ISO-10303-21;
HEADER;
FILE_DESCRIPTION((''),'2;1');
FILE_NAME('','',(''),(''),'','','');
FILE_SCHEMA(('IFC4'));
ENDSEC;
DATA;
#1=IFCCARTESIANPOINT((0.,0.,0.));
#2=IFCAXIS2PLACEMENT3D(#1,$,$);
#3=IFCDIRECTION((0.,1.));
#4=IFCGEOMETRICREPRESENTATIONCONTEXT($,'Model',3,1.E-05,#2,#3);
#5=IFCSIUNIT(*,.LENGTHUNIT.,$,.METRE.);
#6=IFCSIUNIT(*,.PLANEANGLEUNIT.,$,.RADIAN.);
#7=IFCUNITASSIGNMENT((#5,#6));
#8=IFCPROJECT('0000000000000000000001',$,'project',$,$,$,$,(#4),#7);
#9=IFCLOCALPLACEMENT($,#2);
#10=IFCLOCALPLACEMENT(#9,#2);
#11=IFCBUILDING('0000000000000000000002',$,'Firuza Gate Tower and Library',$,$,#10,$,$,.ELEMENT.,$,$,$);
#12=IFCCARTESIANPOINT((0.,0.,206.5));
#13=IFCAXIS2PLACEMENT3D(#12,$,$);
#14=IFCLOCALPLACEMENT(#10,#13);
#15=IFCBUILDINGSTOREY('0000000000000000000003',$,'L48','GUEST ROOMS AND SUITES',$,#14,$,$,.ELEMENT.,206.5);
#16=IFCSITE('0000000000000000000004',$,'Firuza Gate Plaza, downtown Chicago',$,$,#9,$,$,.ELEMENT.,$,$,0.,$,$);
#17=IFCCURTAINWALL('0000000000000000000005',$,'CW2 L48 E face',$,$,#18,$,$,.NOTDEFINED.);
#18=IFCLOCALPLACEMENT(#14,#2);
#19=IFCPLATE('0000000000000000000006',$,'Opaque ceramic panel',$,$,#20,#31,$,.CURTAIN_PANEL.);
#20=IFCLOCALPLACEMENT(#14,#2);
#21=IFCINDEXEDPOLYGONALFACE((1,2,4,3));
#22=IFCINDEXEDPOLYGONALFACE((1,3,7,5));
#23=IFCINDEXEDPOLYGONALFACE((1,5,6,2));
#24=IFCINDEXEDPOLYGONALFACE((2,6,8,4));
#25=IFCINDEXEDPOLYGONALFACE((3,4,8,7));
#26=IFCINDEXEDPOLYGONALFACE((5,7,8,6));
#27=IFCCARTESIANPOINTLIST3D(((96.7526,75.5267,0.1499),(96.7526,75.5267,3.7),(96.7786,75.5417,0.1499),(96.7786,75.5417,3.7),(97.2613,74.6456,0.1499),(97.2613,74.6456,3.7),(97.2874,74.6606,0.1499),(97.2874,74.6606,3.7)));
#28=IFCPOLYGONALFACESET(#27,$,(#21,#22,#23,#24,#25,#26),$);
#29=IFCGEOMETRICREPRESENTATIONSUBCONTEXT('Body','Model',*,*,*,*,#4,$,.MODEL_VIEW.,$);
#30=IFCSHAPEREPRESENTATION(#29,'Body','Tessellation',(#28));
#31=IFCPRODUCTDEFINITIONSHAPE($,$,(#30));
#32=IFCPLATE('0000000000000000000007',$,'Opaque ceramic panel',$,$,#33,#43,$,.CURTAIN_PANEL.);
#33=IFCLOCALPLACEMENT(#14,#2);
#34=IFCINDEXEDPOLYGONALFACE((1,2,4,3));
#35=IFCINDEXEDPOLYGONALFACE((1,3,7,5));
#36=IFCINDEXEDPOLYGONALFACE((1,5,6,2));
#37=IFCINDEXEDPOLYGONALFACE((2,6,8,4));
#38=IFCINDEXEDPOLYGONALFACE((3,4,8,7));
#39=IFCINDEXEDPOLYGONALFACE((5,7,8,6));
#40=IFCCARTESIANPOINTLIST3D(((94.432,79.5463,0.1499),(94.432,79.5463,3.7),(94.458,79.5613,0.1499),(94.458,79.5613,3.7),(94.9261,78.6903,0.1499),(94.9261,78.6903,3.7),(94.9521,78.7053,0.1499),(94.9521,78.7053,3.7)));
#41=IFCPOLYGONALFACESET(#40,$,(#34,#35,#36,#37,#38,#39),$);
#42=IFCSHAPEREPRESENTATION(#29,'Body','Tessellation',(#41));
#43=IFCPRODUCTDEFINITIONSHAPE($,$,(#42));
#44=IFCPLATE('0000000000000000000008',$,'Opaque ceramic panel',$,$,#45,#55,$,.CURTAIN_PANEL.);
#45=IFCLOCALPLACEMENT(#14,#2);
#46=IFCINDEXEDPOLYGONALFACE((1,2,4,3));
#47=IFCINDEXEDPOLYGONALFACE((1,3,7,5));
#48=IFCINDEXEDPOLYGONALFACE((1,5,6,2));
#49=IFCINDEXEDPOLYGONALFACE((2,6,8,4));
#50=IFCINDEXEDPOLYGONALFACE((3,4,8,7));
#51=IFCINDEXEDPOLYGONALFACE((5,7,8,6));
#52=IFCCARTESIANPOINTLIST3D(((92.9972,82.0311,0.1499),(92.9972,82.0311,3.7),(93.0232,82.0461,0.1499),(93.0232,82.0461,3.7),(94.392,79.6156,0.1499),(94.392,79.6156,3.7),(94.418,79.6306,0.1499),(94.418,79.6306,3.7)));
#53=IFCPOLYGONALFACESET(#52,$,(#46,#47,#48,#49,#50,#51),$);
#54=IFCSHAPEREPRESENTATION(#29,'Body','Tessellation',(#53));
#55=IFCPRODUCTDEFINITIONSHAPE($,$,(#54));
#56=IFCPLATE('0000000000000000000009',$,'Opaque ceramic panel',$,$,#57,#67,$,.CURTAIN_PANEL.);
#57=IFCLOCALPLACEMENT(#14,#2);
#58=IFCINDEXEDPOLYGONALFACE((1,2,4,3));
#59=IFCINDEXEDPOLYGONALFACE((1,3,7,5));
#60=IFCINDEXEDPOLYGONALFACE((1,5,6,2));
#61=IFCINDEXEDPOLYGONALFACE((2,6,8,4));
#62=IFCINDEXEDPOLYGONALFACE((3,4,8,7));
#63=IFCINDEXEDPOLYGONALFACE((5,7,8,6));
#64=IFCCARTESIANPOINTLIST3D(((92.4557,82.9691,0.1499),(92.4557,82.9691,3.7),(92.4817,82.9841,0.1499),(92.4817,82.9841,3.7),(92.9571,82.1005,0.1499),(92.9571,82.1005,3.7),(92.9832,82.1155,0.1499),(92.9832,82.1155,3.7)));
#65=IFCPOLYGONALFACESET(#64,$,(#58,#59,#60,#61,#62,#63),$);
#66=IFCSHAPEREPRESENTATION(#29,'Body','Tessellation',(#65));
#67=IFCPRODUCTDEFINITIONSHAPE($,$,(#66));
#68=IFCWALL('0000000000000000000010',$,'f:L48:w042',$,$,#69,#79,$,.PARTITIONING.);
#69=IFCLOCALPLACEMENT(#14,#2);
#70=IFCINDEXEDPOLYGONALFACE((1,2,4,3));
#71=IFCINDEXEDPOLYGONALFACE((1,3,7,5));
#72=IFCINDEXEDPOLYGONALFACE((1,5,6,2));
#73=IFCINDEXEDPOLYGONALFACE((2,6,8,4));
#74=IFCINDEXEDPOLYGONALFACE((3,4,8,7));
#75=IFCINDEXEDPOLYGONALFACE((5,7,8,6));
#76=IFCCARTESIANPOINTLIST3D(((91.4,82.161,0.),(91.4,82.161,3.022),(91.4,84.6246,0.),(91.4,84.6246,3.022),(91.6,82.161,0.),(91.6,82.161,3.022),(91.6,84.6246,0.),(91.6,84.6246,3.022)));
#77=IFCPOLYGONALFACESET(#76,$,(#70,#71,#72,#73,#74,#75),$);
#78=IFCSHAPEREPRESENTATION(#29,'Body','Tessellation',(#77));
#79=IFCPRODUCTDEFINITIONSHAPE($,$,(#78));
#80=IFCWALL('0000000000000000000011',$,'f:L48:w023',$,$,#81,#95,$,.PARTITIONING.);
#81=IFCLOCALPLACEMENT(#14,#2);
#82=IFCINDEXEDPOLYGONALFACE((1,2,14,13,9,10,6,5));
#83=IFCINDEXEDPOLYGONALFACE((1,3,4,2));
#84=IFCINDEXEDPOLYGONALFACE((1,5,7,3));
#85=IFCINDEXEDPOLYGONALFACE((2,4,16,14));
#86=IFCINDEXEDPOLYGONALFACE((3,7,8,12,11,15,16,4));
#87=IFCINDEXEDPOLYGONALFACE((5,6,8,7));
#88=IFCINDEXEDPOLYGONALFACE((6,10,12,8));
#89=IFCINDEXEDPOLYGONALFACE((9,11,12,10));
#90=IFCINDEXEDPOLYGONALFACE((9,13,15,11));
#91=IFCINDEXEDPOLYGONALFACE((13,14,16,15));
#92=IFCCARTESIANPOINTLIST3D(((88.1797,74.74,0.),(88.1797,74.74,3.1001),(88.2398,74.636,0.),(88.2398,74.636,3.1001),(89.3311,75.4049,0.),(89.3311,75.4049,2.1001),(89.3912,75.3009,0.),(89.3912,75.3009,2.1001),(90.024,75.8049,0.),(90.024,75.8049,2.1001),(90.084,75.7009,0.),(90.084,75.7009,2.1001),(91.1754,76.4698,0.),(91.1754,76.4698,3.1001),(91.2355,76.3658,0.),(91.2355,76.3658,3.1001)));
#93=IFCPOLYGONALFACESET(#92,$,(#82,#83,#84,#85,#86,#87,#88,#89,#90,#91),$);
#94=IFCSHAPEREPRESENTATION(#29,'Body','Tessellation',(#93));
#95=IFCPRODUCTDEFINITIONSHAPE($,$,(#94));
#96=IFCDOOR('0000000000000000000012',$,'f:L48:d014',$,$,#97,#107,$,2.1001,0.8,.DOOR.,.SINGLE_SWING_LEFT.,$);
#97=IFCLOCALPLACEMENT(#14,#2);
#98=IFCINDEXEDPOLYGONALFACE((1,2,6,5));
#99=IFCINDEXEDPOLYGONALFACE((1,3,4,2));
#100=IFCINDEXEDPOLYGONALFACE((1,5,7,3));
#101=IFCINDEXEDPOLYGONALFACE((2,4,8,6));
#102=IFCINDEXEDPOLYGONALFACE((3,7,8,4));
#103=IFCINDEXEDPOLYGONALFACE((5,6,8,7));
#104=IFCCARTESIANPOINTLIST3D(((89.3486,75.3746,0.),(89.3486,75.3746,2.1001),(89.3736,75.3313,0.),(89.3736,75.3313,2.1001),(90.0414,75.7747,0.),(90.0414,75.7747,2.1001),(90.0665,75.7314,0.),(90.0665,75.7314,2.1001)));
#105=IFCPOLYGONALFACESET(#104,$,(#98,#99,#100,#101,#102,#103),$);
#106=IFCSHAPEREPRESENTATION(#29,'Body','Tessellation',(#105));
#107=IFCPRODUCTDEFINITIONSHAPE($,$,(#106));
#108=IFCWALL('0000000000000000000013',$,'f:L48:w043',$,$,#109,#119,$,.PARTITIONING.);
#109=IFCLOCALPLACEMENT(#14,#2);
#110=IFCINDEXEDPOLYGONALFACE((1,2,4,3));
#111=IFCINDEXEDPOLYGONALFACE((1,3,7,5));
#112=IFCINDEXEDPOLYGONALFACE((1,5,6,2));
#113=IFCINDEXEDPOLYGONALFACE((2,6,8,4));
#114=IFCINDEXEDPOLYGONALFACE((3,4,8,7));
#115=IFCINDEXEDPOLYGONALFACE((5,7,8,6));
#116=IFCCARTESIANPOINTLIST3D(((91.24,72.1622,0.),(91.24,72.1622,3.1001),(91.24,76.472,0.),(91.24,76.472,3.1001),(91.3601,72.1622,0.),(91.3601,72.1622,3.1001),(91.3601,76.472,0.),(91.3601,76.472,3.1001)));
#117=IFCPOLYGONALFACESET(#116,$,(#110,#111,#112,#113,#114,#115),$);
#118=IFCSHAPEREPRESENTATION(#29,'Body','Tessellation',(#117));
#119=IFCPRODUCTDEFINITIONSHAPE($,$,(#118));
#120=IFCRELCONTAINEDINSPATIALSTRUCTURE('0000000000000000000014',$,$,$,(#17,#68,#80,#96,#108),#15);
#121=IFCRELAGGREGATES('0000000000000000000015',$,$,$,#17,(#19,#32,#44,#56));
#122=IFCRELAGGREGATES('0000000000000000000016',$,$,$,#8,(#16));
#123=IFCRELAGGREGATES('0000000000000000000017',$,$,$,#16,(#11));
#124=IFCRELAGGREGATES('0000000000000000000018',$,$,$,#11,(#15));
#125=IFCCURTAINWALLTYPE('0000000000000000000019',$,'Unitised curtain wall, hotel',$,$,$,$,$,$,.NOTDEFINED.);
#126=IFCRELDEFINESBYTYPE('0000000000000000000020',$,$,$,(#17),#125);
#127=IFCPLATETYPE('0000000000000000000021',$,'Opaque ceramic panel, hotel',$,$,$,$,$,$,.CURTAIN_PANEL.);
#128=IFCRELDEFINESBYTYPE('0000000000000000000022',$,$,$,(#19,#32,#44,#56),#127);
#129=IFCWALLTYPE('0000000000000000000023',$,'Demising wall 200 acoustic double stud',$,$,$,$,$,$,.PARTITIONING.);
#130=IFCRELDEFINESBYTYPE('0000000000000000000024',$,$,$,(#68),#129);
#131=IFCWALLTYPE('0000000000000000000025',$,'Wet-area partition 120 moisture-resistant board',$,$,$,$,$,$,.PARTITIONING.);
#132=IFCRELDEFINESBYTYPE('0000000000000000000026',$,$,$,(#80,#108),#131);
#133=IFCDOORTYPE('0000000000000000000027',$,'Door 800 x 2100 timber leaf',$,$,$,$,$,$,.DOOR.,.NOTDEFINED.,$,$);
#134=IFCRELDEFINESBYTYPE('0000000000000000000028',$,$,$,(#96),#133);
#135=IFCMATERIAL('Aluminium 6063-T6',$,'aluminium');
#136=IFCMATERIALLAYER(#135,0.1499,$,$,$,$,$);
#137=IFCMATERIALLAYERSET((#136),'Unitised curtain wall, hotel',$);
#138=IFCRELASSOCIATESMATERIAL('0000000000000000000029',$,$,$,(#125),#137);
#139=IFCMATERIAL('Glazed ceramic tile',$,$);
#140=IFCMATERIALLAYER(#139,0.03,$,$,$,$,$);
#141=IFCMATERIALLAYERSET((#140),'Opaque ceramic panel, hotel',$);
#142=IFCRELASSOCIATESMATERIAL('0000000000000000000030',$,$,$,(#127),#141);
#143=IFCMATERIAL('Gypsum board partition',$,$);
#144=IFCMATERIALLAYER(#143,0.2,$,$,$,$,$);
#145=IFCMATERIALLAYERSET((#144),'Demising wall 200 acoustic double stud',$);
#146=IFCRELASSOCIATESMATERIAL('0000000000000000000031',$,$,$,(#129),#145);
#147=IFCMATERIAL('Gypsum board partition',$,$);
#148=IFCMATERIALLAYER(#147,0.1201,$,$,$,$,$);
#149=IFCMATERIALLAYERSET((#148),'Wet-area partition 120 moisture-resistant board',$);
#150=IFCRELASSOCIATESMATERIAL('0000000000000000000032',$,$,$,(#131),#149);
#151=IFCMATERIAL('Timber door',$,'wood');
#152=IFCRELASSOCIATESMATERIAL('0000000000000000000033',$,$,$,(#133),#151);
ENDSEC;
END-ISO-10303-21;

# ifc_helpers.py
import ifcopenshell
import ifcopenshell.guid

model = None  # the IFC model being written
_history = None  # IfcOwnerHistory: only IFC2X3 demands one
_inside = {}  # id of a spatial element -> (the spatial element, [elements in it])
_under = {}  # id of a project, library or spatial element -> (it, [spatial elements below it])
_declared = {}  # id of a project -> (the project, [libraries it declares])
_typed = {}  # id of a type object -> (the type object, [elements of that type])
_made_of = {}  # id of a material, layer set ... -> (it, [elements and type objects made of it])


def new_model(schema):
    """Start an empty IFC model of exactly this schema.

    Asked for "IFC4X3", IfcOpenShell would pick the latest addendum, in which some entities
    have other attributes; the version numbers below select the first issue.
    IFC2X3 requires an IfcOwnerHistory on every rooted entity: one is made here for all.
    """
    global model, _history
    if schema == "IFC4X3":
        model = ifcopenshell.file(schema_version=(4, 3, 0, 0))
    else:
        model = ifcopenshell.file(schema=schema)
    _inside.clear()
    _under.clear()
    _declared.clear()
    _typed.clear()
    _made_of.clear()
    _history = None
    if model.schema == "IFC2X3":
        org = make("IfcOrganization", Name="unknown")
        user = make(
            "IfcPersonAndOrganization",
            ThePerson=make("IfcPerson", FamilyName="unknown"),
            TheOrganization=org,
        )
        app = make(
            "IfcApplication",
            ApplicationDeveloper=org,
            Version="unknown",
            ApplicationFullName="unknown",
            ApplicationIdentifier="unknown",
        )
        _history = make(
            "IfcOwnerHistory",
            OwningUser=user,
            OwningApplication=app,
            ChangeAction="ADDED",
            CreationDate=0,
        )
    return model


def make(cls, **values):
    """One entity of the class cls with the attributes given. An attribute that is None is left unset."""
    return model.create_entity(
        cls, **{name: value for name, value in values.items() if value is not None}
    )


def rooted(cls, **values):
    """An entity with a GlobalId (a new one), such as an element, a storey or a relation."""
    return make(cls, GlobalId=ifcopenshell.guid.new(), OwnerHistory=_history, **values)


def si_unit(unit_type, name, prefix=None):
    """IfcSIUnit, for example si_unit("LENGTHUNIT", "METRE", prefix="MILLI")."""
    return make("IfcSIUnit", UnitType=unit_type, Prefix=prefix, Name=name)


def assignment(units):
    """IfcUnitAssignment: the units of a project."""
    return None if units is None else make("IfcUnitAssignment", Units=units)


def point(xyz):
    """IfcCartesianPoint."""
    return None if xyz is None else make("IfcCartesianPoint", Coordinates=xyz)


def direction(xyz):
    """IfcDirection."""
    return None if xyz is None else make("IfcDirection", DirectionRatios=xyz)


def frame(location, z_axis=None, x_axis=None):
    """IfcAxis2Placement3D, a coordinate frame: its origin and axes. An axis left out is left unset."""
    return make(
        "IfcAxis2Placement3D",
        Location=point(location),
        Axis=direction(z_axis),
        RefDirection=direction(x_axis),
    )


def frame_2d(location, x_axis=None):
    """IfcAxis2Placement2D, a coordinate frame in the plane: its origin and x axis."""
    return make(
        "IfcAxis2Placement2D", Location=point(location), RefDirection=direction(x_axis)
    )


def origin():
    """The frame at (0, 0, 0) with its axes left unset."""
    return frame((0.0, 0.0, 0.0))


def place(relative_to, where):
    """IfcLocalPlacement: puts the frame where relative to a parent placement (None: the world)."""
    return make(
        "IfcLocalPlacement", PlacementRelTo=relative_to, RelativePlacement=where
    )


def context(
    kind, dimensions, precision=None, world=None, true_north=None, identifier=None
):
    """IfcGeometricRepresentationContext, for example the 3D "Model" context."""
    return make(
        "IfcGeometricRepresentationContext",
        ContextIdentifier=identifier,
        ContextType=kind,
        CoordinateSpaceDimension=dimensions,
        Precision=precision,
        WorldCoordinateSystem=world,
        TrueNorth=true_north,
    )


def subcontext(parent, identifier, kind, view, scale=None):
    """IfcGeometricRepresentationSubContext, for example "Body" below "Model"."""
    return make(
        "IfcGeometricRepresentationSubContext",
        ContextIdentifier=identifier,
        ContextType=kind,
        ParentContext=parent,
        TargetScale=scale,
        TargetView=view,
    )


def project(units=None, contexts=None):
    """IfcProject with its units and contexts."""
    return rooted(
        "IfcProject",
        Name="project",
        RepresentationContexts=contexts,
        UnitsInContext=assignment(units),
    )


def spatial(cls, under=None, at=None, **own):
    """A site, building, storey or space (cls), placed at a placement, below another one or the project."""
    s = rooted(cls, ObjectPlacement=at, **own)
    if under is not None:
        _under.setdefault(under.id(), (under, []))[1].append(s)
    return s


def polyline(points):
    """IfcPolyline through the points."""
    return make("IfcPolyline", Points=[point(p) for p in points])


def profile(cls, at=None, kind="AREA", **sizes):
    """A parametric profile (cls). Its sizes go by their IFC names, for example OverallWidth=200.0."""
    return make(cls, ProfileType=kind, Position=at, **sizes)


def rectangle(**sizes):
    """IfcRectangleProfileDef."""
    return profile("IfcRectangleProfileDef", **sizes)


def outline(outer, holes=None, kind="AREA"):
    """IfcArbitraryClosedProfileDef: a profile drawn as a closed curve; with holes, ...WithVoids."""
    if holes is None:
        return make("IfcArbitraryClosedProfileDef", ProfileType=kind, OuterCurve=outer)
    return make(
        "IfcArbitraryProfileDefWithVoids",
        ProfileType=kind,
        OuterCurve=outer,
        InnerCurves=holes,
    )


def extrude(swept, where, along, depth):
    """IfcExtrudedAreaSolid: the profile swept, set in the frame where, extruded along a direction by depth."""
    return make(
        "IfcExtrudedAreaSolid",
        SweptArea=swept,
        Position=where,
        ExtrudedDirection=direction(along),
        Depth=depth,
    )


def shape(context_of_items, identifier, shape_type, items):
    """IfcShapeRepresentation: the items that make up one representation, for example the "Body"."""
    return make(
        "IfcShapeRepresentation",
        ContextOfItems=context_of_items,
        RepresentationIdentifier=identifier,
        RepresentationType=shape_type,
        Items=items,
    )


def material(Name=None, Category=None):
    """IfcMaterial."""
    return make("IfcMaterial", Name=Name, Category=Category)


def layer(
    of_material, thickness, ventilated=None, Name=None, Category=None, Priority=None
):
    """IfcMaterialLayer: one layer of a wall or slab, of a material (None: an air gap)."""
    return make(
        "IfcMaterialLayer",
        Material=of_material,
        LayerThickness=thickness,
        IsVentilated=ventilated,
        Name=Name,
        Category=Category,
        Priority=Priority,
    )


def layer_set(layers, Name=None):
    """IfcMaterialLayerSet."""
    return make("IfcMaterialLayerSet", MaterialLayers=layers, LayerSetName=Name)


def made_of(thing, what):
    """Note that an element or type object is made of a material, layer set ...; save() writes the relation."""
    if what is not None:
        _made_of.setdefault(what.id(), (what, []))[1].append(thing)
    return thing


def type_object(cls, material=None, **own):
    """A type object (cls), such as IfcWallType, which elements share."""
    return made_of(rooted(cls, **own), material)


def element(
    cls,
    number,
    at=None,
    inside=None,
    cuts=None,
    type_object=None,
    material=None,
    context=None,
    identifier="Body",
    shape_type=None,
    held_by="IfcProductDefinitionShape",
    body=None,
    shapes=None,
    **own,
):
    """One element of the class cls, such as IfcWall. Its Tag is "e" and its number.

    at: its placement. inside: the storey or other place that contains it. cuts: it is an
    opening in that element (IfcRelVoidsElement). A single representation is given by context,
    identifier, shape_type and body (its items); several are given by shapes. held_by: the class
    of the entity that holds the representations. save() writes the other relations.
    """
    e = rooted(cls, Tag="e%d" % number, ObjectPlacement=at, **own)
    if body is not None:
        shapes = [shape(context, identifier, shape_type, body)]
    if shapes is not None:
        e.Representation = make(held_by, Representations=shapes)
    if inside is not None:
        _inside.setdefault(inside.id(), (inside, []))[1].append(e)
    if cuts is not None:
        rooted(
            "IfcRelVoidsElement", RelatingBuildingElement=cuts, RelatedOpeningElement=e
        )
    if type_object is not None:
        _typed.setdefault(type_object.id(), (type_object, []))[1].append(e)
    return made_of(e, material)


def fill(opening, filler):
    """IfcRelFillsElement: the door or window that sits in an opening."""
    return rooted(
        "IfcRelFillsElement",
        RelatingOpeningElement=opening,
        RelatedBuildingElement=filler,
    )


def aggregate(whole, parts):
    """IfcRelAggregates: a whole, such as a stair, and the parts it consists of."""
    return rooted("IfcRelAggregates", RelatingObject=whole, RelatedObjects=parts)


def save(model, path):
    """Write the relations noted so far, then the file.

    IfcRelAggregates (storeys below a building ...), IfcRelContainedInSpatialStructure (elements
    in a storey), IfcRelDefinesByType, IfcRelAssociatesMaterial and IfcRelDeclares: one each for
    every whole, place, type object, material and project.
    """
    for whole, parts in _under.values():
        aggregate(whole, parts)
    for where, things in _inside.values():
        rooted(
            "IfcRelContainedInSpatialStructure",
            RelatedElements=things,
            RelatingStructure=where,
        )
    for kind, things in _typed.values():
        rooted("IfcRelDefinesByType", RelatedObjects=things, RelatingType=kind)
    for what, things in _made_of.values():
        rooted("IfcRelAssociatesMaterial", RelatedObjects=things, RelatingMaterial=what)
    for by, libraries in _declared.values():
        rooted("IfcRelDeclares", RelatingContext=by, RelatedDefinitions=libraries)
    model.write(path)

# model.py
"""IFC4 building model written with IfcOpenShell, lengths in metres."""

from ifc_helpers import new_model, si_unit, direction, frame, frame_2d, origin, place, context, subcontext, project, spatial, polyline, rectangle, outline, extrude, material, layer, layer_set, type_object, element, fill, aggregate, save


model = new_model("IFC4")

# Units and contexts
model_context = context("Model", 3, precision=1e-05, world=origin(), true_north=direction((0.0, 1.0)))
body_context = subcontext(model_context, "Body", "Model", "MODEL_VIEW")
ifc_project = project(units=[si_unit("LENGTHUNIT", "METRE"), si_unit("PLANEANGLEUNIT", "RADIAN")], contexts=[model_context])

# Site, building, storey
site_placement = place(None, origin())
site = spatial("IfcSite", under=ifc_project, at=site_placement, Name="Firuza Gate Plaza, downtown Chicago", CompositionType="ELEMENT", RefElevation=0.0)
building_placement = place(site_placement, origin())
building = spatial("IfcBuilding", under=site, at=building_placement, Name="Firuza Gate Tower and Library", CompositionType="ELEMENT")
storey_placement = place(building_placement, frame((0.0, 0.0, 206.5)))
storey = spatial("IfcBuildingStorey", under=building, at=storey_placement, Name="L48", Description="GUEST ROOMS AND SUITES", CompositionType="ELEMENT", Elevation=206.5)

# Curtain wall
ifc_material_1 = material(Name="Aluminium 6063-T6", Category="aluminium")
ifc_layer_1 = layer(ifc_material_1, 0.1499)
ifc_layer_set_1 = layer_set([ifc_layer_1], Name="Unitised curtain wall, hotel")
curtain_wall_type = type_object("IfcCurtainWallType", Name="Unitised curtain wall, hotel", PredefinedType="NOTDEFINED", material=ifc_layer_set_1)
curtain_wall_placement = place(storey_placement, origin())
curtain_wall = element("IfcCurtainWall", 1, at=curtain_wall_placement, inside=storey, type_object=curtain_wall_type, Name="CW2 L48 E face", PredefinedType="NOTDEFINED")

# Plates
ifc_material_2 = material(Name="Glazed ceramic tile")
ifc_layer_2 = layer(ifc_material_2, 0.03)
ifc_layer_set_2 = layer_set([ifc_layer_2], Name="Opaque ceramic panel, hotel")
plate_type_1 = type_object("IfcPlateType", Name="Opaque ceramic panel, hotel", PredefinedType="CURTAIN_PANEL", material=ifc_layer_set_2)
plate_1_placement = place(storey_placement, frame((97.2874, 74.6606, 0.1499), z_axis=(0.86599, 0.500062, 0.0), x_axis=(-0.500062, 0.86599, 0.0)))
plate_1 = element("IfcPlate", 2, at=plate_1_placement, type_object=plate_type_1, Name="Opaque ceramic panel", PredefinedType="CURTAIN_PANEL", context=body_context, shape_type="SweptSolid", body=[
    extrude(outline(polyline([(0.0, 0.0), (1.0175, 0.0), (1.0175, 3.55), (0.0, 3.55), (0.0, 0.0)])), origin(), (0.0, 0.0, -1.0), 0.03),
])
plate_2_placement = place(storey_placement, frame((94.9521, 78.7053, 0.1499), z_axis=(0.866046, 0.499965, 0.0), x_axis=(-0.499965, 0.866046, 0.0)))
plate_2 = element("IfcPlate", 3, at=plate_2_placement, type_object=plate_type_1, Name="Opaque ceramic panel", PredefinedType="CURTAIN_PANEL", context=body_context, shape_type="SweptSolid", body=[
    extrude(outline(polyline([(0.0, 0.0), (0.9884, 0.0), (0.9884, 3.55), (0.0, 3.55), (0.0, 0.0)])), origin(), (0.0, 0.0, -1.0), 0.03),
])
plate_3_placement = place(storey_placement, frame((94.418, 79.6306, 0.1499), z_axis=(0.865999, 0.500046, 0.0), x_axis=(-0.500046, 0.865999, 0.0)))
plate_3 = element("IfcPlate", 4, at=plate_3_placement, type_object=plate_type_1, Name="Opaque ceramic panel", PredefinedType="CURTAIN_PANEL", context=body_context, shape_type="SweptSolid", body=[
    extrude(outline(polyline([(0.0, 0.0), (2.7893, 0.0), (2.7893, 3.55), (0.0, 3.55), (0.0, 0.0)])), origin(), (0.0, 0.0, -1.0), 0.03),
])
plate_4_placement = place(storey_placement, frame((92.9832, 82.1155, 0.1499), z_axis=(0.866048, 0.499961, 0.0), x_axis=(-0.499961, 0.866048, 0.0)))
plate_4 = element("IfcPlate", 5, at=plate_4_placement, type_object=plate_type_1, Name="Opaque ceramic panel", PredefinedType="CURTAIN_PANEL", context=body_context, shape_type="SweptSolid", body=[
    extrude(outline(polyline([(0.0, 0.0), (1.003, 0.0), (1.003, 3.55), (0.0, 3.55), (0.0, 0.0)])), origin(), (0.0, 0.0, -1.0), 0.03),
])
aggregate(curtain_wall, [plate_1, plate_2, plate_3, plate_4])

# Wall
ifc_material_3 = material(Name="Gypsum board partition")
ifc_layer_3 = layer(ifc_material_3, 0.2)
ifc_layer_set_3 = layer_set([ifc_layer_3], Name="Demising wall 200 acoustic double stud")
wall_type_1 = type_object("IfcWallType", Name="Demising wall 200 acoustic double stud", PredefinedType="PARTITIONING", material=ifc_layer_set_3)
wall_1_placement = place(storey_placement, frame((91.5, 82.1609, 0.0), z_axis=(0.0, 0.0, 1.0), x_axis=(0.0, 1.0, 0.0)))
element("IfcWall", 6, at=wall_1_placement, inside=storey, type_object=wall_type_1, Name="f:L48:w042", PredefinedType="PARTITIONING", context=body_context, shape_type="SweptSolid", body=[
    extrude(rectangle(XDim=2.4636, YDim=0.2, at=frame_2d((1.2319, 0.0))), origin(), (0.0, 0.0, 1.0), 3.022),
])

# Wall, opening, door
ifc_material_4 = material(Name="Gypsum board partition")
ifc_layer_4 = layer(ifc_material_4, 0.1201)
ifc_layer_set_4 = layer_set([ifc_layer_4], Name="Wet-area partition 120 moisture-resistant board")
wall_type_2 = type_object("IfcWallType", Name="Wet-area partition 120 moisture-resistant board", PredefinedType="PARTITIONING", material=ifc_layer_set_4)
wall_2_placement = place(storey_placement, frame((91.2053, 76.4177, 0.0), z_axis=(0.0, 0.0, 1.0), x_axis=(-0.865998, -0.500048, 0.0)))
wall_2 = element("IfcWall", 7, at=wall_2_placement, inside=storey, type_object=wall_type_2, Name="f:L48:w023", PredefinedType="PARTITIONING", context=body_context, shape_type="SweptSolid", body=[
    extrude(rectangle(XDim=3.4592, YDim=0.1201, at=frame_2d((1.7295, 0.0))), origin(), (0.0, 0.0, 1.0), 3.1001),
])
opening_placement = place(wall_2_placement, frame((1.3296, 0.0, 0.0)))
opening = element("IfcOpeningElement", 8, at=opening_placement, cuts=wall_2, PredefinedType="OPENING", context=body_context, shape_type="SweptSolid", body=[
    extrude(rectangle(XDim=0.8, YDim=2.1001, at=frame_2d((0.3999, 1.05))), frame((0.0, 0.0701, 0.0), z_axis=(0.0, -1.0, 0.0), x_axis=(1.0, 0.0, 0.0)), (0.0, 0.0, 1.0), 0.1401),
])
ifc_material_5 = material(Name="Timber door", Category="wood")
door_type = type_object("IfcDoorType", Name="Door 800 x 2100 timber leaf", OperationType="NOTDEFINED", PredefinedType="DOOR", material=ifc_material_5)
door_placement = place(opening_placement, origin())
door = element("IfcDoor", 9, at=door_placement, inside=storey, type_object=door_type, Name="f:L48:d014", OperationType="SINGLE_SWING_LEFT", OverallHeight=2.1001, OverallWidth=0.8, PredefinedType="DOOR", context=body_context, shape_type="SweptSolid", body=[
    extrude(rectangle(XDim=0.8, YDim=2.1001, at=frame_2d((0.3999, 1.05))), frame((0.0, 0.0249, 0.0), z_axis=(0.0, -1.0, 0.0), x_axis=(1.0, 0.0, 0.0)), (0.0, 0.0, 1.0), 0.05),
])
fill(opening, door)

# Wall
wall_3_placement = place(storey_placement, frame((91.3, 72.1624, 0.0), z_axis=(0.0, 0.0, 1.0), x_axis=(0.0, 1.0, 0.0)))
element("IfcWall", 10, at=wall_3_placement, inside=storey, type_object=wall_type_2, Name="f:L48:w043", PredefinedType="PARTITIONING", context=body_context, shape_type="SweptSolid", body=[
    extrude(rectangle(XDim=4.3098, YDim=0.1201, at=frame_2d((2.1548, 0.0))), origin(), (0.0, 0.0, 1.0), 3.1001),
])

save(model, "model.ifc")
